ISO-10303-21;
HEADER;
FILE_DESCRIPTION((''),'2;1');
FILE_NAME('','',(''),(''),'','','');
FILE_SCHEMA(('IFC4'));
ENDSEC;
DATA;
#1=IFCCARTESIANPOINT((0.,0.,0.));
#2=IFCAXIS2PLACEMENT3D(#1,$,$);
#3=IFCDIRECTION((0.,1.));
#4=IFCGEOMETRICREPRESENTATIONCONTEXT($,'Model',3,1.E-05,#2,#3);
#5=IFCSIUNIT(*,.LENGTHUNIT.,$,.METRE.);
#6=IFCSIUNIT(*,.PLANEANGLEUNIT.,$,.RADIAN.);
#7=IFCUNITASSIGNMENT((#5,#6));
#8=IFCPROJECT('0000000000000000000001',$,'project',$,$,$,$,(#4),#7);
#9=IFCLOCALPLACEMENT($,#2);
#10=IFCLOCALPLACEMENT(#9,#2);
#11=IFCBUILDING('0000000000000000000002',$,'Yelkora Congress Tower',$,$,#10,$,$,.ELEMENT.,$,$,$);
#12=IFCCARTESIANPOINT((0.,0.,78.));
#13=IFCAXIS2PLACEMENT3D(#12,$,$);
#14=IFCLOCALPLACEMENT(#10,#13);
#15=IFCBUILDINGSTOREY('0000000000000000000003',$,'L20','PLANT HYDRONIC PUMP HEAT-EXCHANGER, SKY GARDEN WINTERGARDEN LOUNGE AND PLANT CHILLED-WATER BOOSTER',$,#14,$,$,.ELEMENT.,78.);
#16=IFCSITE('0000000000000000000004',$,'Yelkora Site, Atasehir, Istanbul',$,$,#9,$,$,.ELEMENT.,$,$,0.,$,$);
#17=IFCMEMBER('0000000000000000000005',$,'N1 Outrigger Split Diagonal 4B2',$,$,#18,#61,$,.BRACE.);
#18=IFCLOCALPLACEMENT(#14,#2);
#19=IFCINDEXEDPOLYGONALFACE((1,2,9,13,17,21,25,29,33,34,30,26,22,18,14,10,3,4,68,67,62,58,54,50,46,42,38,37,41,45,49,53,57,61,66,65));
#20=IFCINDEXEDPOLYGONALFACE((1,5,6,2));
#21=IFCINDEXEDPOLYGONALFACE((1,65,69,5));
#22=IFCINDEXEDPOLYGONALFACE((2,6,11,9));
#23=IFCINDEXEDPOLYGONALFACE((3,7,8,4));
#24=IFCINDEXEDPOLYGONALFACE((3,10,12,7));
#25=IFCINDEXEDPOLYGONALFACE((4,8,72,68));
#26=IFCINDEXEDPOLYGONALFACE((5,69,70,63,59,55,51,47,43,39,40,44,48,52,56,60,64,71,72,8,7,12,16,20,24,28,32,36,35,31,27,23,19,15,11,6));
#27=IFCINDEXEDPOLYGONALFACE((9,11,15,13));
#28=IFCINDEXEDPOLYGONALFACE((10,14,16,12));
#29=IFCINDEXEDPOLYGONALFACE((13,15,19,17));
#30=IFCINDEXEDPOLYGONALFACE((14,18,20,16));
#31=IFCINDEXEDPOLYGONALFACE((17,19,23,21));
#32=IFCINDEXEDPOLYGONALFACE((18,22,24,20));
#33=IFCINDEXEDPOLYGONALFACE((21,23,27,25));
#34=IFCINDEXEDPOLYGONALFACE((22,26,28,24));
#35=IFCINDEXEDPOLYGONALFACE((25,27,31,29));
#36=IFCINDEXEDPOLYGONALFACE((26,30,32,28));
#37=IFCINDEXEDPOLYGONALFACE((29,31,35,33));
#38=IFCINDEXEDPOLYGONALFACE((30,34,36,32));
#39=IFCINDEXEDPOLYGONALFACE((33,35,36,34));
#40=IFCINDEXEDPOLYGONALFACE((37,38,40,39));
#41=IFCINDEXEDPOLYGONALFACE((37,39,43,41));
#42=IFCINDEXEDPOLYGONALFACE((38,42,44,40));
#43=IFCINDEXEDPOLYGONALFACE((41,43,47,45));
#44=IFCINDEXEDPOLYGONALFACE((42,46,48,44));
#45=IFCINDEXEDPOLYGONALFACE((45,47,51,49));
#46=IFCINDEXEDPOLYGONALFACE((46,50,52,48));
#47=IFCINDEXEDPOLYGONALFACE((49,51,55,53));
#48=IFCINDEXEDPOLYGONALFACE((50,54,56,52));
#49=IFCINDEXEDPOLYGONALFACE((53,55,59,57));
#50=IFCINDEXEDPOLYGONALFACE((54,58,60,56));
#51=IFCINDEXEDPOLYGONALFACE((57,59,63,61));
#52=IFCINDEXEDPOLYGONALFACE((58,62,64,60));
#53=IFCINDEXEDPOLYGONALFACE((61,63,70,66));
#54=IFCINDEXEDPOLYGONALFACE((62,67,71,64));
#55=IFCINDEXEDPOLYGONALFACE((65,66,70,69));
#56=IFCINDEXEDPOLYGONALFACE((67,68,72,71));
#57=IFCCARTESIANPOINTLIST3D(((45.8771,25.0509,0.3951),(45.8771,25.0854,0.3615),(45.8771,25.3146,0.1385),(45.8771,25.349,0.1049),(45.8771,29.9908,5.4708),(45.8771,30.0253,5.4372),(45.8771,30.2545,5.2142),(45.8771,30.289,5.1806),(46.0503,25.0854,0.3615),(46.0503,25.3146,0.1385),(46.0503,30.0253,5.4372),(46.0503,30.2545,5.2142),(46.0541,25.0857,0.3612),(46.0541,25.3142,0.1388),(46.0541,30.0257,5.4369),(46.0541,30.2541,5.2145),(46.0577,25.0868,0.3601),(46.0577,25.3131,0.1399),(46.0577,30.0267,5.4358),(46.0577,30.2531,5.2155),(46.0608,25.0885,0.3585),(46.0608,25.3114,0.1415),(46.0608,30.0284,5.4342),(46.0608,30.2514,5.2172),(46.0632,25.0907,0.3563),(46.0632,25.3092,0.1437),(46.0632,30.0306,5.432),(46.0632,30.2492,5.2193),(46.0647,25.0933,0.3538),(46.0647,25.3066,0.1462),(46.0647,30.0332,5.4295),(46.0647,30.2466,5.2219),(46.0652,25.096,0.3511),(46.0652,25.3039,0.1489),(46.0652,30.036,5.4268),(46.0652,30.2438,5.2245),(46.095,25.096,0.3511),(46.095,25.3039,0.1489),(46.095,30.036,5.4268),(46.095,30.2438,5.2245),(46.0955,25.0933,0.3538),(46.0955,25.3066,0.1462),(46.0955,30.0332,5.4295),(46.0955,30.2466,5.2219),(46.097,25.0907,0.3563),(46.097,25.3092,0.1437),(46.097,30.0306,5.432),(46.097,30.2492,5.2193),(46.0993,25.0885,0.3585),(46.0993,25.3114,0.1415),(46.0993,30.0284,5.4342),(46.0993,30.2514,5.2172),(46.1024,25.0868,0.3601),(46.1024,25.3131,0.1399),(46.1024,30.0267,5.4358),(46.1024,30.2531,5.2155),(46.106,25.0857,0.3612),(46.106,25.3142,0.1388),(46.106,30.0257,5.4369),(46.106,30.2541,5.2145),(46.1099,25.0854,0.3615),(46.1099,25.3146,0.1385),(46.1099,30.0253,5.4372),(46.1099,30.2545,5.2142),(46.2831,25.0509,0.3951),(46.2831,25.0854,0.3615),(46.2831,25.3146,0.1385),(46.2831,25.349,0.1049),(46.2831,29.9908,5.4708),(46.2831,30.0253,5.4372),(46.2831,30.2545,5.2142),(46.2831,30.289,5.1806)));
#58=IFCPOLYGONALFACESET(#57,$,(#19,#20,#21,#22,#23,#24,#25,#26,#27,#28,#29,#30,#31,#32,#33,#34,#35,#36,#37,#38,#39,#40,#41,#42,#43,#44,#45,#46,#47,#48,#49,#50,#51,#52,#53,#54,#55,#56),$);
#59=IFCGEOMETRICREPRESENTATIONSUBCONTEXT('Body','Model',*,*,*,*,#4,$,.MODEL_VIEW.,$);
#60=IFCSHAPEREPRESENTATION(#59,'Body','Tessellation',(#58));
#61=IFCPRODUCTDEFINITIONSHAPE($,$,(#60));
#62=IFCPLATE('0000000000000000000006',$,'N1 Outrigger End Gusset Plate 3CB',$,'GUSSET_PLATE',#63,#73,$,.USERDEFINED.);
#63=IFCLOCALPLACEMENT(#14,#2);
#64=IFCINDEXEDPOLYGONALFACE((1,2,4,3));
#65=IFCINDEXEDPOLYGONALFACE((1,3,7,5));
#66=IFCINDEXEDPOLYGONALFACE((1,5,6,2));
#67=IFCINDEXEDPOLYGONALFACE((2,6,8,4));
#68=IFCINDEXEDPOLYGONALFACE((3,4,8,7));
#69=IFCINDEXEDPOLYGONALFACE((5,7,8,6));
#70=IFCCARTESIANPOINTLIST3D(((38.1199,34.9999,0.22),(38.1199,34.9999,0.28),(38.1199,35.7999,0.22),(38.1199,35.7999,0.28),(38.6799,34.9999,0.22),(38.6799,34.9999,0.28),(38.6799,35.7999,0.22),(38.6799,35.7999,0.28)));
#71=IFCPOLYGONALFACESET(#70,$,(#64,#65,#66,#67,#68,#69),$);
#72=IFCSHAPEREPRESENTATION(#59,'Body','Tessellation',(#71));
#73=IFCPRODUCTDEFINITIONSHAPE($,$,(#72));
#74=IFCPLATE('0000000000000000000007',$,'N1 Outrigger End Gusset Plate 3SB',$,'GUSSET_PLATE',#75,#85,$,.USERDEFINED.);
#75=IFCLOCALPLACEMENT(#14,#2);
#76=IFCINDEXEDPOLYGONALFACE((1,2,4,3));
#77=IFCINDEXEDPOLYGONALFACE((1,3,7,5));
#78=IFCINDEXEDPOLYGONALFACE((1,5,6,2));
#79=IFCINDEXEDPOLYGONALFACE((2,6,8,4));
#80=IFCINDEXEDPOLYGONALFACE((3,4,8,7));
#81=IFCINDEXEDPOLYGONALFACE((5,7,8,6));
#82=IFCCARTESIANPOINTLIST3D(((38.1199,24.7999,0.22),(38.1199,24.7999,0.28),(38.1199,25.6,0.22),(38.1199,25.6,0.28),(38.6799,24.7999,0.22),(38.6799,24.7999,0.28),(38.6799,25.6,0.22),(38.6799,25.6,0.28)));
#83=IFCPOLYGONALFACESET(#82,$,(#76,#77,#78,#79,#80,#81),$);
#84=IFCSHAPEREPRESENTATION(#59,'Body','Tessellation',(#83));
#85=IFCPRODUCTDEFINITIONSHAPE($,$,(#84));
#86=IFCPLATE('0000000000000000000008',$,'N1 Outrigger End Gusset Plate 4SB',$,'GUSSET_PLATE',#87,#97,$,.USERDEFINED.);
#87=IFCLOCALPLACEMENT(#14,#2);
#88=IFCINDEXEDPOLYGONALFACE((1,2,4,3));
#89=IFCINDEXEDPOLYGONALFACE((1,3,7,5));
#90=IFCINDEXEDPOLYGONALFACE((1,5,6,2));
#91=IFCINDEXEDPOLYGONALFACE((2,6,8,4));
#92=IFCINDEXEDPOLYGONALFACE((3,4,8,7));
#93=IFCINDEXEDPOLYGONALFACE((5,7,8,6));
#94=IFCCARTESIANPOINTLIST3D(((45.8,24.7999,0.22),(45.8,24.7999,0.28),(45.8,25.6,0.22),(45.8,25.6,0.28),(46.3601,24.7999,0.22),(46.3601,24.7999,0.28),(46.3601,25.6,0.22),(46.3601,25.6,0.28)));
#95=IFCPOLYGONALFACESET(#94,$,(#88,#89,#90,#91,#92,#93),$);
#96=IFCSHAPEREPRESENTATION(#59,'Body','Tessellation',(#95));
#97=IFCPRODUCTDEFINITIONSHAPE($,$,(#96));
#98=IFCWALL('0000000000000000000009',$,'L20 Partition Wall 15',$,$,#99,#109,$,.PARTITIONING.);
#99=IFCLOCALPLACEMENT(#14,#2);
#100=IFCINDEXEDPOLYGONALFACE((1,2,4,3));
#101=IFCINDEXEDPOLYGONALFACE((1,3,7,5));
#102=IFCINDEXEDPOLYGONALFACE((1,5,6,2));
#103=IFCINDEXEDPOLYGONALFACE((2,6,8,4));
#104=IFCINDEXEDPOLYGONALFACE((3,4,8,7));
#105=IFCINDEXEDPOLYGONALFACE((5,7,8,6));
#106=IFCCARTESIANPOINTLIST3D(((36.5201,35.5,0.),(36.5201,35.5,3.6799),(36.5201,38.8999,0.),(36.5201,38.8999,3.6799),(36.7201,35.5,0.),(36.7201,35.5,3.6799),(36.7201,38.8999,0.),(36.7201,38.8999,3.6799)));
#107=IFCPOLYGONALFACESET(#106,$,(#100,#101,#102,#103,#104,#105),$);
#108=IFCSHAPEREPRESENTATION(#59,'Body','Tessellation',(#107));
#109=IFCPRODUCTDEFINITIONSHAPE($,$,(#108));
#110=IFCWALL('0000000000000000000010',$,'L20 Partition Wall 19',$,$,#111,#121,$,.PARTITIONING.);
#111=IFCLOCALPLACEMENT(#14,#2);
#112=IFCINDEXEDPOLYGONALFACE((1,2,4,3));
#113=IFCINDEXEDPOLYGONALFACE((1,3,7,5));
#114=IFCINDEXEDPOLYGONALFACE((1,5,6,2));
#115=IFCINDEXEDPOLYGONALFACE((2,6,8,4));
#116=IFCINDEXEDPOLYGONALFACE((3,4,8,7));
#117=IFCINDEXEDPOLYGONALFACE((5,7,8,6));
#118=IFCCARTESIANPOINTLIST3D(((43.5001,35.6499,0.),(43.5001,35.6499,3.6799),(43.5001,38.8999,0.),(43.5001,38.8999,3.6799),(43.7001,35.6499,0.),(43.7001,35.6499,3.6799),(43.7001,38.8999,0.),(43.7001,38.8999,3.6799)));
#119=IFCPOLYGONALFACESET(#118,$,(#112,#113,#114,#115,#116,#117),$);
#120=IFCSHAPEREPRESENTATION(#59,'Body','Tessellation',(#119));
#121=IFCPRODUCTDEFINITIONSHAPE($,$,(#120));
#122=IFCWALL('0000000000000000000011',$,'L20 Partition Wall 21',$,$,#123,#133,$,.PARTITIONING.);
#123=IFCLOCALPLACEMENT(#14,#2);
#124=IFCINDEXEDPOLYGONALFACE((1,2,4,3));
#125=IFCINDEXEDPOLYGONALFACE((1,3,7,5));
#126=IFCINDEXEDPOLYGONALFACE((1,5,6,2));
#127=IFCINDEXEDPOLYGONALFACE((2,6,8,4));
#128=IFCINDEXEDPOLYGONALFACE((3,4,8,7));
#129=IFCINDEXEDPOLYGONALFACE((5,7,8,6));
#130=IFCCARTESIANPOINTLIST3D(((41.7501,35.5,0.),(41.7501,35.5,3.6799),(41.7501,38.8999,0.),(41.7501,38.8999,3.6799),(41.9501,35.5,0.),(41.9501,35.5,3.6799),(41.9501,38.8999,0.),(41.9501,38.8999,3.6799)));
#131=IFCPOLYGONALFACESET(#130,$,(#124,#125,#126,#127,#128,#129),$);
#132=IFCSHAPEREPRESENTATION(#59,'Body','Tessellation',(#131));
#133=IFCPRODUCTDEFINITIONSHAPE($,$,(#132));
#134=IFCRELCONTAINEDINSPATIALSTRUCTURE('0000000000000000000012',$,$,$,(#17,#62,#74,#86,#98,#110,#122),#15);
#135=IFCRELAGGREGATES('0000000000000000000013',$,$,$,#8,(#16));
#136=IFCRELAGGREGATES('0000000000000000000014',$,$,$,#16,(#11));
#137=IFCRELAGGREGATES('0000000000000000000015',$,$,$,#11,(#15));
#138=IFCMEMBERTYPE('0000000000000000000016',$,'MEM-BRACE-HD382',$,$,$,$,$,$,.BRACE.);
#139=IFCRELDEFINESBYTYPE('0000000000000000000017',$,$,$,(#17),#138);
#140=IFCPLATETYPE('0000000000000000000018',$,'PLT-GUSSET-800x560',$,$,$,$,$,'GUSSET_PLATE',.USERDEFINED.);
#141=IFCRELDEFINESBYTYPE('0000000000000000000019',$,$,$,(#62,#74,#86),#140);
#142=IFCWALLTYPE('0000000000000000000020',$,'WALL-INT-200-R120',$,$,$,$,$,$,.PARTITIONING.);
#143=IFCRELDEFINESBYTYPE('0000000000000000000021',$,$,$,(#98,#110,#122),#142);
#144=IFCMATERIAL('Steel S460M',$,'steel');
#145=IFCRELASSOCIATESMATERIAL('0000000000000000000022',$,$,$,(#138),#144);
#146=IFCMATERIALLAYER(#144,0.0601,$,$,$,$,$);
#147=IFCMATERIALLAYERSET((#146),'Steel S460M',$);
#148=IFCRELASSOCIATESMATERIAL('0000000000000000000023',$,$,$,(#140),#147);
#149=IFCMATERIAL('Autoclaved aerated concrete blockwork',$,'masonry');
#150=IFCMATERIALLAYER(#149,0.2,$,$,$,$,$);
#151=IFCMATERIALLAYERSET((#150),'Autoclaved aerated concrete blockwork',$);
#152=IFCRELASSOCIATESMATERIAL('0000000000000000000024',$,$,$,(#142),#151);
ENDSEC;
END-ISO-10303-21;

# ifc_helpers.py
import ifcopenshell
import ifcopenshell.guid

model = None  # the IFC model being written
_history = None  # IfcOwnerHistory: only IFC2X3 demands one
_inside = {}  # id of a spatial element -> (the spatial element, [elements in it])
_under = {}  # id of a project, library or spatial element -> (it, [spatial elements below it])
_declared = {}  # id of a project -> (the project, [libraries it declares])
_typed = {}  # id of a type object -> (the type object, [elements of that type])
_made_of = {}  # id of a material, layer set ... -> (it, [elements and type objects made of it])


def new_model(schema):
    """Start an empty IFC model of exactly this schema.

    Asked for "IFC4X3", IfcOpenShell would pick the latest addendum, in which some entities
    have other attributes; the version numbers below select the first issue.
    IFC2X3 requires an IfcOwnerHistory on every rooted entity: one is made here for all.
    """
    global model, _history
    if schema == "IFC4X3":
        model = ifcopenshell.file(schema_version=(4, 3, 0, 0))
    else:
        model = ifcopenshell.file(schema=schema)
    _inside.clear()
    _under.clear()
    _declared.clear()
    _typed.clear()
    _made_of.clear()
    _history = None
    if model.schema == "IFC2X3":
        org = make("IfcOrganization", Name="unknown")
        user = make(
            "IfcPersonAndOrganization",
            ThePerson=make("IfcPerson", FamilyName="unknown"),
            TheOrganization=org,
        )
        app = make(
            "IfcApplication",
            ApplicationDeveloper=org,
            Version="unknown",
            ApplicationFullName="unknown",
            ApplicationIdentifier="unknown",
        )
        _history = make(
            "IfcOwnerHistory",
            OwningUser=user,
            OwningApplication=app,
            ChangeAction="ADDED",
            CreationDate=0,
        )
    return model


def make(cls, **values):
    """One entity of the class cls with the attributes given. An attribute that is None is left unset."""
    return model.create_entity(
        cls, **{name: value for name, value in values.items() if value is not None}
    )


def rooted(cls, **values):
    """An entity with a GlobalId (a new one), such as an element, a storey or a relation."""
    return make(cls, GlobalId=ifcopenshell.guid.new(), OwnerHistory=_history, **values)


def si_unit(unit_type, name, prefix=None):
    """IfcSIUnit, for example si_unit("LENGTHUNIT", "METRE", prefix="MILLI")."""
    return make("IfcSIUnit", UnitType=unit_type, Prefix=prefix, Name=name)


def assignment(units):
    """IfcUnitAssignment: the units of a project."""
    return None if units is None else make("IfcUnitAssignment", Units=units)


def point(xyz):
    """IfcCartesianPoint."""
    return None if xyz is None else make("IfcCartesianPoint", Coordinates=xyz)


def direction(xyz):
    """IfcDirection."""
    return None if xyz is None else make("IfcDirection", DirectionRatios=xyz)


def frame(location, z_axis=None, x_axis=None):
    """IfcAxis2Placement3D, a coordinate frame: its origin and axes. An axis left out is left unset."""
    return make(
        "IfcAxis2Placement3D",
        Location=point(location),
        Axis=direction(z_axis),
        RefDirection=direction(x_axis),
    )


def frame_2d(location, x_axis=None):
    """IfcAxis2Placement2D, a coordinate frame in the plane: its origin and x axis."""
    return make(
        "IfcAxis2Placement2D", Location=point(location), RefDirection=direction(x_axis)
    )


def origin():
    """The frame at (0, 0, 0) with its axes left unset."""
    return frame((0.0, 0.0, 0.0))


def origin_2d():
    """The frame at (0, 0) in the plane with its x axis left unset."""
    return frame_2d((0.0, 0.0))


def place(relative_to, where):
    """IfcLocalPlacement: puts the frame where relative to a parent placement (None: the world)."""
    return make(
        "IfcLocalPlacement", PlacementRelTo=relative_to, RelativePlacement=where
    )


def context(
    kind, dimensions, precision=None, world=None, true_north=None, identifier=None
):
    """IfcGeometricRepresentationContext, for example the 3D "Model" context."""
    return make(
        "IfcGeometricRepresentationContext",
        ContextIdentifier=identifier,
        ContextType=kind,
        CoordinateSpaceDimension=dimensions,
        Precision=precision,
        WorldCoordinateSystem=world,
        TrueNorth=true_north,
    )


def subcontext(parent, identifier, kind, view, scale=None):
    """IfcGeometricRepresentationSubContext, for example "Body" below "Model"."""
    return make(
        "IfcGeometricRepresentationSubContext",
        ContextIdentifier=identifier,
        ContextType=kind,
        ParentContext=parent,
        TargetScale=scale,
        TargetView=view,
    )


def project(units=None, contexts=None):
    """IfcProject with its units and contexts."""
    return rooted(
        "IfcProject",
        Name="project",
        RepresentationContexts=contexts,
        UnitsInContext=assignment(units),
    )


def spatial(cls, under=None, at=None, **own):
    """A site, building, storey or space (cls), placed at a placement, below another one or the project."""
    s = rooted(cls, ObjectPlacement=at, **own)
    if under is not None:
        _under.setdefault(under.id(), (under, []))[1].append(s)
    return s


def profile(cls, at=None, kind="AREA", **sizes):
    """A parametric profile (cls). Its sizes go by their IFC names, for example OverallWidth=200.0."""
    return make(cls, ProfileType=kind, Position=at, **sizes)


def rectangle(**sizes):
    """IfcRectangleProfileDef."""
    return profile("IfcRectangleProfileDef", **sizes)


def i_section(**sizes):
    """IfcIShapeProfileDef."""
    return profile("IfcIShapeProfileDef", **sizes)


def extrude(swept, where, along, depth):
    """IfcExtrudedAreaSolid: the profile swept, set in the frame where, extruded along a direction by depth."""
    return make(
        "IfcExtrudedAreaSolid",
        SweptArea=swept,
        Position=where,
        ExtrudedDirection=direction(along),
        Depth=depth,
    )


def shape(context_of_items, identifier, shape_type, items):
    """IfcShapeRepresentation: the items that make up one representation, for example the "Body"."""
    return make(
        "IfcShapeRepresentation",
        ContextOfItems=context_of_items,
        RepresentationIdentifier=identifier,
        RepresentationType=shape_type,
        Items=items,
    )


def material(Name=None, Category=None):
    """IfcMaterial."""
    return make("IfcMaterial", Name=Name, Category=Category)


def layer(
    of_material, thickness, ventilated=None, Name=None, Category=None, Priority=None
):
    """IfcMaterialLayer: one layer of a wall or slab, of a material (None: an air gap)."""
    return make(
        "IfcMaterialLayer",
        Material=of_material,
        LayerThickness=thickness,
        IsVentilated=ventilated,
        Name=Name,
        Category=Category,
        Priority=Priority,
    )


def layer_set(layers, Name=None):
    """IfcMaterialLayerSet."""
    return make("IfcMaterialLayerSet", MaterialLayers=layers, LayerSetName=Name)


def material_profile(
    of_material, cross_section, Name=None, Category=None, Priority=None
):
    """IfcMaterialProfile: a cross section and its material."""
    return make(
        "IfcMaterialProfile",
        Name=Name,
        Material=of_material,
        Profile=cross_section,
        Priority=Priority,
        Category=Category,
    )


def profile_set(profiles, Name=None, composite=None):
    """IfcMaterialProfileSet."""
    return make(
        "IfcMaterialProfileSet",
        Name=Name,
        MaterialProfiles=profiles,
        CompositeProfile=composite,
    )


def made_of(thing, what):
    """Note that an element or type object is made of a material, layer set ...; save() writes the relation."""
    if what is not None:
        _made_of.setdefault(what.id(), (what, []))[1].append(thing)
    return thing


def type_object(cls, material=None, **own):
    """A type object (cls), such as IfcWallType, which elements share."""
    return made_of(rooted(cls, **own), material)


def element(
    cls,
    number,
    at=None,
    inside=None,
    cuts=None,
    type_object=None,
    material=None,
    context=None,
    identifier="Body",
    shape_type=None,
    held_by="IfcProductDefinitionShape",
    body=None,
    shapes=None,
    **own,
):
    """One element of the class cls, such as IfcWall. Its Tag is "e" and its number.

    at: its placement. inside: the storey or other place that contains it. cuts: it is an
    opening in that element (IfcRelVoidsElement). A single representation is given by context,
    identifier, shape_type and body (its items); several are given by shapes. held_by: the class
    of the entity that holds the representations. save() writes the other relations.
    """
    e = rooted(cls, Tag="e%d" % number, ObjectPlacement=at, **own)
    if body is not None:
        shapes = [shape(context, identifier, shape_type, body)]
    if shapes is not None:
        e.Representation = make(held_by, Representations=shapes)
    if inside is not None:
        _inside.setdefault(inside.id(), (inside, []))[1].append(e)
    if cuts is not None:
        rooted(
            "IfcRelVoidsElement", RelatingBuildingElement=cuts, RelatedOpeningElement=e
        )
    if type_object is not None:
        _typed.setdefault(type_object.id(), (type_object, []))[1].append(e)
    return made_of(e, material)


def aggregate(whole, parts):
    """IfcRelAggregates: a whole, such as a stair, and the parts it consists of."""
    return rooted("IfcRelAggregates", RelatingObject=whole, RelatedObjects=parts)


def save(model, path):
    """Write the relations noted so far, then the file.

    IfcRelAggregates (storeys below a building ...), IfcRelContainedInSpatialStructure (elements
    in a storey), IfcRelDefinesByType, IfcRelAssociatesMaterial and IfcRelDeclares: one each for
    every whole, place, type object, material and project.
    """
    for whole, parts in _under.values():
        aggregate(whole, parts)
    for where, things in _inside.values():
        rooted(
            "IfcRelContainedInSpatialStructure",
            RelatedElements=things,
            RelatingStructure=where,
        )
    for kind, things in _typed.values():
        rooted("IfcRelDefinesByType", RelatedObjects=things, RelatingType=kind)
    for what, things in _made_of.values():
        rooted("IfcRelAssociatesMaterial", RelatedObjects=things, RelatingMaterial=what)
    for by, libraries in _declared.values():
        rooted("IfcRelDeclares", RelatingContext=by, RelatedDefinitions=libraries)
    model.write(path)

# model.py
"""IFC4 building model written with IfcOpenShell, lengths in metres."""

from ifc_helpers import new_model, si_unit, direction, frame, frame_2d, origin, origin_2d, place, context, subcontext, project, spatial, rectangle, i_section, extrude, material, layer, layer_set, material_profile, profile_set, type_object, element, save


model = new_model("IFC4")

# Units and contexts
model_context = context("Model", 3, precision=1e-05, world=origin(), true_north=direction((0.0, 1.0)))
body_context = subcontext(model_context, "Body", "Model", "MODEL_VIEW")
ifc_project = project(units=[si_unit("LENGTHUNIT", "METRE"), si_unit("PLANEANGLEUNIT", "RADIAN")], contexts=[model_context])

# Site, building, storey
site_placement = place(None, origin())
site = spatial("IfcSite", under=ifc_project, at=site_placement, Name="Yelkora Site, Atasehir, Istanbul", CompositionType="ELEMENT", RefElevation=0.0)
building_placement = place(site_placement, origin())
building = spatial("IfcBuilding", under=site, at=building_placement, Name="Yelkora Congress Tower", CompositionType="ELEMENT")
storey_placement = place(building_placement, frame((0.0, 0.0, 78.0)))
storey = spatial("IfcBuildingStorey", under=building, at=storey_placement, Name="L20", Description="PLANT HYDRONIC PUMP HEAT-EXCHANGER, SKY GARDEN WINTERGARDEN LOUNGE AND PLANT CHILLED-WATER BOOSTER", CompositionType="ELEMENT", Elevation=78.0)

# Shared definitions
ifc_material_1 = material(Name="Steel S460M", Category="steel")

# Member
ifc_material_profile_1 = material_profile(ifc_material_1, i_section(OverallWidth=0.406, OverallDepth=0.416, WebThickness=0.0298, FlangeThickness=0.0481, FilletRadius=0.0149, at=origin_2d()), Name="HD 400x382")
ifc_profile_set_1 = profile_set([ifc_material_profile_1], Name="Steel S460M")
member_type = type_object("IfcMemberType", Name="MEM-BRACE-HD382", PredefinedType="BRACE", material=ifc_profile_set_1)
for number, where, z_axis, x_axis, name in (
    (1, (46.0801, 30.1399, 5.3257), (0.0, -0.697459, -0.716624), (1.0, 0.0, 0.0), "N1 Outrigger Split Diagonal 4B2"),
):
    element("IfcMember", number, at=place(storey_placement, frame(where, z_axis=z_axis, x_axis=x_axis)), inside=storey, type_object=member_type, Name=name, PredefinedType="BRACE", context=body_context, shape_type="SweptSolid", body=[
        extrude(i_section(OverallWidth=0.406, OverallDepth=0.416, WebThickness=0.0298, FlangeThickness=0.0481, FilletRadius=0.0149, at=origin_2d()), origin(), (0.0, 0.0, 1.0), 7.0828),
    ])

# Plates
ifc_layer_1 = layer(ifc_material_1, 0.0601)
ifc_layer_set_1 = layer_set([ifc_layer_1], Name="Steel S460M")
plate_type = type_object("IfcPlateType", Name="PLT-GUSSET-800x560", ElementType="GUSSET_PLATE", PredefinedType="USERDEFINED", material=ifc_layer_set_1)
for number, where, z_axis, x_axis, name in (
    (2, (38.3999, 35.3999, 0.22), (0.0, 0.0, 1.0), (0.0, 1.0, 0.0), "N1 Outrigger End Gusset Plate 3CB"),
    (3, (38.3999, 25.2, 0.22), (0.0, 0.0, 1.0), (0.0, 1.0, 0.0), "N1 Outrigger End Gusset Plate 3SB"),
    (4, (46.0801, 25.2, 0.22), (0.0, 0.0, 1.0), (0.0, 1.0, 0.0), "N1 Outrigger End Gusset Plate 4SB"),
):
    element("IfcPlate", number, at=place(storey_placement, frame(where, z_axis=z_axis, x_axis=x_axis)), inside=storey, type_object=plate_type, Name=name, ObjectType="GUSSET_PLATE", PredefinedType="USERDEFINED", context=body_context, shape_type="SweptSolid", body=[
        extrude(rectangle(XDim=0.8, YDim=0.5601, at=origin_2d()), origin(), (0.0, 0.0, 1.0), 0.0601),
    ])

# Walls
ifc_material_2 = material(Name="Autoclaved aerated concrete blockwork", Category="masonry")
ifc_layer_2 = layer(ifc_material_2, 0.2)
ifc_layer_set_2 = layer_set([ifc_layer_2], Name="Autoclaved aerated concrete blockwork")
wall_type_1 = type_object("IfcWallType", Name="WALL-INT-200-R120", PredefinedType="PARTITIONING", material=ifc_layer_set_2)
wall_1_placement = place(storey_placement, frame((36.6201, 35.5, 0.0), z_axis=(0.0, 0.0, 1.0), x_axis=(0.0, 1.0, 0.0)))
element("IfcWall", 5, at=wall_1_placement, inside=storey, type_object=wall_type_1, Name="L20 Partition Wall 15", PredefinedType="PARTITIONING", context=body_context, shape_type="SweptSolid", body=[
    extrude(rectangle(XDim=3.3999, YDim=0.2, at=frame_2d((1.7, 0.0))), origin(), (0.0, 0.0, 1.0), 3.6799),
])
wall_2_placement = place(storey_placement, frame((43.6001, 35.6499, 0.0), z_axis=(0.0, 0.0, 1.0), x_axis=(0.0, 1.0, 0.0)))
element("IfcWall", 6, at=wall_2_placement, inside=storey, type_object=wall_type_1, Name="L20 Partition Wall 19", PredefinedType="PARTITIONING", context=body_context, shape_type="SweptSolid", body=[
    extrude(rectangle(XDim=3.25, YDim=0.2, at=frame_2d((1.625, 0.0))), origin(), (0.0, 0.0, 1.0), 3.6799),
])
wall_3_placement = place(storey_placement, frame((41.8501, 35.5, 0.0), z_axis=(0.0, 0.0, 1.0), x_axis=(0.0, 1.0, 0.0)))
element("IfcWall", 7, at=wall_3_placement, inside=storey, type_object=wall_type_1, Name="L20 Partition Wall 21", PredefinedType="PARTITIONING", context=body_context, shape_type="SweptSolid", body=[
    extrude(rectangle(XDim=3.3999, YDim=0.2, at=frame_2d((1.7, 0.0))), origin(), (0.0, 0.0, 1.0), 3.6799),
])

save(model, "model.ifc")
